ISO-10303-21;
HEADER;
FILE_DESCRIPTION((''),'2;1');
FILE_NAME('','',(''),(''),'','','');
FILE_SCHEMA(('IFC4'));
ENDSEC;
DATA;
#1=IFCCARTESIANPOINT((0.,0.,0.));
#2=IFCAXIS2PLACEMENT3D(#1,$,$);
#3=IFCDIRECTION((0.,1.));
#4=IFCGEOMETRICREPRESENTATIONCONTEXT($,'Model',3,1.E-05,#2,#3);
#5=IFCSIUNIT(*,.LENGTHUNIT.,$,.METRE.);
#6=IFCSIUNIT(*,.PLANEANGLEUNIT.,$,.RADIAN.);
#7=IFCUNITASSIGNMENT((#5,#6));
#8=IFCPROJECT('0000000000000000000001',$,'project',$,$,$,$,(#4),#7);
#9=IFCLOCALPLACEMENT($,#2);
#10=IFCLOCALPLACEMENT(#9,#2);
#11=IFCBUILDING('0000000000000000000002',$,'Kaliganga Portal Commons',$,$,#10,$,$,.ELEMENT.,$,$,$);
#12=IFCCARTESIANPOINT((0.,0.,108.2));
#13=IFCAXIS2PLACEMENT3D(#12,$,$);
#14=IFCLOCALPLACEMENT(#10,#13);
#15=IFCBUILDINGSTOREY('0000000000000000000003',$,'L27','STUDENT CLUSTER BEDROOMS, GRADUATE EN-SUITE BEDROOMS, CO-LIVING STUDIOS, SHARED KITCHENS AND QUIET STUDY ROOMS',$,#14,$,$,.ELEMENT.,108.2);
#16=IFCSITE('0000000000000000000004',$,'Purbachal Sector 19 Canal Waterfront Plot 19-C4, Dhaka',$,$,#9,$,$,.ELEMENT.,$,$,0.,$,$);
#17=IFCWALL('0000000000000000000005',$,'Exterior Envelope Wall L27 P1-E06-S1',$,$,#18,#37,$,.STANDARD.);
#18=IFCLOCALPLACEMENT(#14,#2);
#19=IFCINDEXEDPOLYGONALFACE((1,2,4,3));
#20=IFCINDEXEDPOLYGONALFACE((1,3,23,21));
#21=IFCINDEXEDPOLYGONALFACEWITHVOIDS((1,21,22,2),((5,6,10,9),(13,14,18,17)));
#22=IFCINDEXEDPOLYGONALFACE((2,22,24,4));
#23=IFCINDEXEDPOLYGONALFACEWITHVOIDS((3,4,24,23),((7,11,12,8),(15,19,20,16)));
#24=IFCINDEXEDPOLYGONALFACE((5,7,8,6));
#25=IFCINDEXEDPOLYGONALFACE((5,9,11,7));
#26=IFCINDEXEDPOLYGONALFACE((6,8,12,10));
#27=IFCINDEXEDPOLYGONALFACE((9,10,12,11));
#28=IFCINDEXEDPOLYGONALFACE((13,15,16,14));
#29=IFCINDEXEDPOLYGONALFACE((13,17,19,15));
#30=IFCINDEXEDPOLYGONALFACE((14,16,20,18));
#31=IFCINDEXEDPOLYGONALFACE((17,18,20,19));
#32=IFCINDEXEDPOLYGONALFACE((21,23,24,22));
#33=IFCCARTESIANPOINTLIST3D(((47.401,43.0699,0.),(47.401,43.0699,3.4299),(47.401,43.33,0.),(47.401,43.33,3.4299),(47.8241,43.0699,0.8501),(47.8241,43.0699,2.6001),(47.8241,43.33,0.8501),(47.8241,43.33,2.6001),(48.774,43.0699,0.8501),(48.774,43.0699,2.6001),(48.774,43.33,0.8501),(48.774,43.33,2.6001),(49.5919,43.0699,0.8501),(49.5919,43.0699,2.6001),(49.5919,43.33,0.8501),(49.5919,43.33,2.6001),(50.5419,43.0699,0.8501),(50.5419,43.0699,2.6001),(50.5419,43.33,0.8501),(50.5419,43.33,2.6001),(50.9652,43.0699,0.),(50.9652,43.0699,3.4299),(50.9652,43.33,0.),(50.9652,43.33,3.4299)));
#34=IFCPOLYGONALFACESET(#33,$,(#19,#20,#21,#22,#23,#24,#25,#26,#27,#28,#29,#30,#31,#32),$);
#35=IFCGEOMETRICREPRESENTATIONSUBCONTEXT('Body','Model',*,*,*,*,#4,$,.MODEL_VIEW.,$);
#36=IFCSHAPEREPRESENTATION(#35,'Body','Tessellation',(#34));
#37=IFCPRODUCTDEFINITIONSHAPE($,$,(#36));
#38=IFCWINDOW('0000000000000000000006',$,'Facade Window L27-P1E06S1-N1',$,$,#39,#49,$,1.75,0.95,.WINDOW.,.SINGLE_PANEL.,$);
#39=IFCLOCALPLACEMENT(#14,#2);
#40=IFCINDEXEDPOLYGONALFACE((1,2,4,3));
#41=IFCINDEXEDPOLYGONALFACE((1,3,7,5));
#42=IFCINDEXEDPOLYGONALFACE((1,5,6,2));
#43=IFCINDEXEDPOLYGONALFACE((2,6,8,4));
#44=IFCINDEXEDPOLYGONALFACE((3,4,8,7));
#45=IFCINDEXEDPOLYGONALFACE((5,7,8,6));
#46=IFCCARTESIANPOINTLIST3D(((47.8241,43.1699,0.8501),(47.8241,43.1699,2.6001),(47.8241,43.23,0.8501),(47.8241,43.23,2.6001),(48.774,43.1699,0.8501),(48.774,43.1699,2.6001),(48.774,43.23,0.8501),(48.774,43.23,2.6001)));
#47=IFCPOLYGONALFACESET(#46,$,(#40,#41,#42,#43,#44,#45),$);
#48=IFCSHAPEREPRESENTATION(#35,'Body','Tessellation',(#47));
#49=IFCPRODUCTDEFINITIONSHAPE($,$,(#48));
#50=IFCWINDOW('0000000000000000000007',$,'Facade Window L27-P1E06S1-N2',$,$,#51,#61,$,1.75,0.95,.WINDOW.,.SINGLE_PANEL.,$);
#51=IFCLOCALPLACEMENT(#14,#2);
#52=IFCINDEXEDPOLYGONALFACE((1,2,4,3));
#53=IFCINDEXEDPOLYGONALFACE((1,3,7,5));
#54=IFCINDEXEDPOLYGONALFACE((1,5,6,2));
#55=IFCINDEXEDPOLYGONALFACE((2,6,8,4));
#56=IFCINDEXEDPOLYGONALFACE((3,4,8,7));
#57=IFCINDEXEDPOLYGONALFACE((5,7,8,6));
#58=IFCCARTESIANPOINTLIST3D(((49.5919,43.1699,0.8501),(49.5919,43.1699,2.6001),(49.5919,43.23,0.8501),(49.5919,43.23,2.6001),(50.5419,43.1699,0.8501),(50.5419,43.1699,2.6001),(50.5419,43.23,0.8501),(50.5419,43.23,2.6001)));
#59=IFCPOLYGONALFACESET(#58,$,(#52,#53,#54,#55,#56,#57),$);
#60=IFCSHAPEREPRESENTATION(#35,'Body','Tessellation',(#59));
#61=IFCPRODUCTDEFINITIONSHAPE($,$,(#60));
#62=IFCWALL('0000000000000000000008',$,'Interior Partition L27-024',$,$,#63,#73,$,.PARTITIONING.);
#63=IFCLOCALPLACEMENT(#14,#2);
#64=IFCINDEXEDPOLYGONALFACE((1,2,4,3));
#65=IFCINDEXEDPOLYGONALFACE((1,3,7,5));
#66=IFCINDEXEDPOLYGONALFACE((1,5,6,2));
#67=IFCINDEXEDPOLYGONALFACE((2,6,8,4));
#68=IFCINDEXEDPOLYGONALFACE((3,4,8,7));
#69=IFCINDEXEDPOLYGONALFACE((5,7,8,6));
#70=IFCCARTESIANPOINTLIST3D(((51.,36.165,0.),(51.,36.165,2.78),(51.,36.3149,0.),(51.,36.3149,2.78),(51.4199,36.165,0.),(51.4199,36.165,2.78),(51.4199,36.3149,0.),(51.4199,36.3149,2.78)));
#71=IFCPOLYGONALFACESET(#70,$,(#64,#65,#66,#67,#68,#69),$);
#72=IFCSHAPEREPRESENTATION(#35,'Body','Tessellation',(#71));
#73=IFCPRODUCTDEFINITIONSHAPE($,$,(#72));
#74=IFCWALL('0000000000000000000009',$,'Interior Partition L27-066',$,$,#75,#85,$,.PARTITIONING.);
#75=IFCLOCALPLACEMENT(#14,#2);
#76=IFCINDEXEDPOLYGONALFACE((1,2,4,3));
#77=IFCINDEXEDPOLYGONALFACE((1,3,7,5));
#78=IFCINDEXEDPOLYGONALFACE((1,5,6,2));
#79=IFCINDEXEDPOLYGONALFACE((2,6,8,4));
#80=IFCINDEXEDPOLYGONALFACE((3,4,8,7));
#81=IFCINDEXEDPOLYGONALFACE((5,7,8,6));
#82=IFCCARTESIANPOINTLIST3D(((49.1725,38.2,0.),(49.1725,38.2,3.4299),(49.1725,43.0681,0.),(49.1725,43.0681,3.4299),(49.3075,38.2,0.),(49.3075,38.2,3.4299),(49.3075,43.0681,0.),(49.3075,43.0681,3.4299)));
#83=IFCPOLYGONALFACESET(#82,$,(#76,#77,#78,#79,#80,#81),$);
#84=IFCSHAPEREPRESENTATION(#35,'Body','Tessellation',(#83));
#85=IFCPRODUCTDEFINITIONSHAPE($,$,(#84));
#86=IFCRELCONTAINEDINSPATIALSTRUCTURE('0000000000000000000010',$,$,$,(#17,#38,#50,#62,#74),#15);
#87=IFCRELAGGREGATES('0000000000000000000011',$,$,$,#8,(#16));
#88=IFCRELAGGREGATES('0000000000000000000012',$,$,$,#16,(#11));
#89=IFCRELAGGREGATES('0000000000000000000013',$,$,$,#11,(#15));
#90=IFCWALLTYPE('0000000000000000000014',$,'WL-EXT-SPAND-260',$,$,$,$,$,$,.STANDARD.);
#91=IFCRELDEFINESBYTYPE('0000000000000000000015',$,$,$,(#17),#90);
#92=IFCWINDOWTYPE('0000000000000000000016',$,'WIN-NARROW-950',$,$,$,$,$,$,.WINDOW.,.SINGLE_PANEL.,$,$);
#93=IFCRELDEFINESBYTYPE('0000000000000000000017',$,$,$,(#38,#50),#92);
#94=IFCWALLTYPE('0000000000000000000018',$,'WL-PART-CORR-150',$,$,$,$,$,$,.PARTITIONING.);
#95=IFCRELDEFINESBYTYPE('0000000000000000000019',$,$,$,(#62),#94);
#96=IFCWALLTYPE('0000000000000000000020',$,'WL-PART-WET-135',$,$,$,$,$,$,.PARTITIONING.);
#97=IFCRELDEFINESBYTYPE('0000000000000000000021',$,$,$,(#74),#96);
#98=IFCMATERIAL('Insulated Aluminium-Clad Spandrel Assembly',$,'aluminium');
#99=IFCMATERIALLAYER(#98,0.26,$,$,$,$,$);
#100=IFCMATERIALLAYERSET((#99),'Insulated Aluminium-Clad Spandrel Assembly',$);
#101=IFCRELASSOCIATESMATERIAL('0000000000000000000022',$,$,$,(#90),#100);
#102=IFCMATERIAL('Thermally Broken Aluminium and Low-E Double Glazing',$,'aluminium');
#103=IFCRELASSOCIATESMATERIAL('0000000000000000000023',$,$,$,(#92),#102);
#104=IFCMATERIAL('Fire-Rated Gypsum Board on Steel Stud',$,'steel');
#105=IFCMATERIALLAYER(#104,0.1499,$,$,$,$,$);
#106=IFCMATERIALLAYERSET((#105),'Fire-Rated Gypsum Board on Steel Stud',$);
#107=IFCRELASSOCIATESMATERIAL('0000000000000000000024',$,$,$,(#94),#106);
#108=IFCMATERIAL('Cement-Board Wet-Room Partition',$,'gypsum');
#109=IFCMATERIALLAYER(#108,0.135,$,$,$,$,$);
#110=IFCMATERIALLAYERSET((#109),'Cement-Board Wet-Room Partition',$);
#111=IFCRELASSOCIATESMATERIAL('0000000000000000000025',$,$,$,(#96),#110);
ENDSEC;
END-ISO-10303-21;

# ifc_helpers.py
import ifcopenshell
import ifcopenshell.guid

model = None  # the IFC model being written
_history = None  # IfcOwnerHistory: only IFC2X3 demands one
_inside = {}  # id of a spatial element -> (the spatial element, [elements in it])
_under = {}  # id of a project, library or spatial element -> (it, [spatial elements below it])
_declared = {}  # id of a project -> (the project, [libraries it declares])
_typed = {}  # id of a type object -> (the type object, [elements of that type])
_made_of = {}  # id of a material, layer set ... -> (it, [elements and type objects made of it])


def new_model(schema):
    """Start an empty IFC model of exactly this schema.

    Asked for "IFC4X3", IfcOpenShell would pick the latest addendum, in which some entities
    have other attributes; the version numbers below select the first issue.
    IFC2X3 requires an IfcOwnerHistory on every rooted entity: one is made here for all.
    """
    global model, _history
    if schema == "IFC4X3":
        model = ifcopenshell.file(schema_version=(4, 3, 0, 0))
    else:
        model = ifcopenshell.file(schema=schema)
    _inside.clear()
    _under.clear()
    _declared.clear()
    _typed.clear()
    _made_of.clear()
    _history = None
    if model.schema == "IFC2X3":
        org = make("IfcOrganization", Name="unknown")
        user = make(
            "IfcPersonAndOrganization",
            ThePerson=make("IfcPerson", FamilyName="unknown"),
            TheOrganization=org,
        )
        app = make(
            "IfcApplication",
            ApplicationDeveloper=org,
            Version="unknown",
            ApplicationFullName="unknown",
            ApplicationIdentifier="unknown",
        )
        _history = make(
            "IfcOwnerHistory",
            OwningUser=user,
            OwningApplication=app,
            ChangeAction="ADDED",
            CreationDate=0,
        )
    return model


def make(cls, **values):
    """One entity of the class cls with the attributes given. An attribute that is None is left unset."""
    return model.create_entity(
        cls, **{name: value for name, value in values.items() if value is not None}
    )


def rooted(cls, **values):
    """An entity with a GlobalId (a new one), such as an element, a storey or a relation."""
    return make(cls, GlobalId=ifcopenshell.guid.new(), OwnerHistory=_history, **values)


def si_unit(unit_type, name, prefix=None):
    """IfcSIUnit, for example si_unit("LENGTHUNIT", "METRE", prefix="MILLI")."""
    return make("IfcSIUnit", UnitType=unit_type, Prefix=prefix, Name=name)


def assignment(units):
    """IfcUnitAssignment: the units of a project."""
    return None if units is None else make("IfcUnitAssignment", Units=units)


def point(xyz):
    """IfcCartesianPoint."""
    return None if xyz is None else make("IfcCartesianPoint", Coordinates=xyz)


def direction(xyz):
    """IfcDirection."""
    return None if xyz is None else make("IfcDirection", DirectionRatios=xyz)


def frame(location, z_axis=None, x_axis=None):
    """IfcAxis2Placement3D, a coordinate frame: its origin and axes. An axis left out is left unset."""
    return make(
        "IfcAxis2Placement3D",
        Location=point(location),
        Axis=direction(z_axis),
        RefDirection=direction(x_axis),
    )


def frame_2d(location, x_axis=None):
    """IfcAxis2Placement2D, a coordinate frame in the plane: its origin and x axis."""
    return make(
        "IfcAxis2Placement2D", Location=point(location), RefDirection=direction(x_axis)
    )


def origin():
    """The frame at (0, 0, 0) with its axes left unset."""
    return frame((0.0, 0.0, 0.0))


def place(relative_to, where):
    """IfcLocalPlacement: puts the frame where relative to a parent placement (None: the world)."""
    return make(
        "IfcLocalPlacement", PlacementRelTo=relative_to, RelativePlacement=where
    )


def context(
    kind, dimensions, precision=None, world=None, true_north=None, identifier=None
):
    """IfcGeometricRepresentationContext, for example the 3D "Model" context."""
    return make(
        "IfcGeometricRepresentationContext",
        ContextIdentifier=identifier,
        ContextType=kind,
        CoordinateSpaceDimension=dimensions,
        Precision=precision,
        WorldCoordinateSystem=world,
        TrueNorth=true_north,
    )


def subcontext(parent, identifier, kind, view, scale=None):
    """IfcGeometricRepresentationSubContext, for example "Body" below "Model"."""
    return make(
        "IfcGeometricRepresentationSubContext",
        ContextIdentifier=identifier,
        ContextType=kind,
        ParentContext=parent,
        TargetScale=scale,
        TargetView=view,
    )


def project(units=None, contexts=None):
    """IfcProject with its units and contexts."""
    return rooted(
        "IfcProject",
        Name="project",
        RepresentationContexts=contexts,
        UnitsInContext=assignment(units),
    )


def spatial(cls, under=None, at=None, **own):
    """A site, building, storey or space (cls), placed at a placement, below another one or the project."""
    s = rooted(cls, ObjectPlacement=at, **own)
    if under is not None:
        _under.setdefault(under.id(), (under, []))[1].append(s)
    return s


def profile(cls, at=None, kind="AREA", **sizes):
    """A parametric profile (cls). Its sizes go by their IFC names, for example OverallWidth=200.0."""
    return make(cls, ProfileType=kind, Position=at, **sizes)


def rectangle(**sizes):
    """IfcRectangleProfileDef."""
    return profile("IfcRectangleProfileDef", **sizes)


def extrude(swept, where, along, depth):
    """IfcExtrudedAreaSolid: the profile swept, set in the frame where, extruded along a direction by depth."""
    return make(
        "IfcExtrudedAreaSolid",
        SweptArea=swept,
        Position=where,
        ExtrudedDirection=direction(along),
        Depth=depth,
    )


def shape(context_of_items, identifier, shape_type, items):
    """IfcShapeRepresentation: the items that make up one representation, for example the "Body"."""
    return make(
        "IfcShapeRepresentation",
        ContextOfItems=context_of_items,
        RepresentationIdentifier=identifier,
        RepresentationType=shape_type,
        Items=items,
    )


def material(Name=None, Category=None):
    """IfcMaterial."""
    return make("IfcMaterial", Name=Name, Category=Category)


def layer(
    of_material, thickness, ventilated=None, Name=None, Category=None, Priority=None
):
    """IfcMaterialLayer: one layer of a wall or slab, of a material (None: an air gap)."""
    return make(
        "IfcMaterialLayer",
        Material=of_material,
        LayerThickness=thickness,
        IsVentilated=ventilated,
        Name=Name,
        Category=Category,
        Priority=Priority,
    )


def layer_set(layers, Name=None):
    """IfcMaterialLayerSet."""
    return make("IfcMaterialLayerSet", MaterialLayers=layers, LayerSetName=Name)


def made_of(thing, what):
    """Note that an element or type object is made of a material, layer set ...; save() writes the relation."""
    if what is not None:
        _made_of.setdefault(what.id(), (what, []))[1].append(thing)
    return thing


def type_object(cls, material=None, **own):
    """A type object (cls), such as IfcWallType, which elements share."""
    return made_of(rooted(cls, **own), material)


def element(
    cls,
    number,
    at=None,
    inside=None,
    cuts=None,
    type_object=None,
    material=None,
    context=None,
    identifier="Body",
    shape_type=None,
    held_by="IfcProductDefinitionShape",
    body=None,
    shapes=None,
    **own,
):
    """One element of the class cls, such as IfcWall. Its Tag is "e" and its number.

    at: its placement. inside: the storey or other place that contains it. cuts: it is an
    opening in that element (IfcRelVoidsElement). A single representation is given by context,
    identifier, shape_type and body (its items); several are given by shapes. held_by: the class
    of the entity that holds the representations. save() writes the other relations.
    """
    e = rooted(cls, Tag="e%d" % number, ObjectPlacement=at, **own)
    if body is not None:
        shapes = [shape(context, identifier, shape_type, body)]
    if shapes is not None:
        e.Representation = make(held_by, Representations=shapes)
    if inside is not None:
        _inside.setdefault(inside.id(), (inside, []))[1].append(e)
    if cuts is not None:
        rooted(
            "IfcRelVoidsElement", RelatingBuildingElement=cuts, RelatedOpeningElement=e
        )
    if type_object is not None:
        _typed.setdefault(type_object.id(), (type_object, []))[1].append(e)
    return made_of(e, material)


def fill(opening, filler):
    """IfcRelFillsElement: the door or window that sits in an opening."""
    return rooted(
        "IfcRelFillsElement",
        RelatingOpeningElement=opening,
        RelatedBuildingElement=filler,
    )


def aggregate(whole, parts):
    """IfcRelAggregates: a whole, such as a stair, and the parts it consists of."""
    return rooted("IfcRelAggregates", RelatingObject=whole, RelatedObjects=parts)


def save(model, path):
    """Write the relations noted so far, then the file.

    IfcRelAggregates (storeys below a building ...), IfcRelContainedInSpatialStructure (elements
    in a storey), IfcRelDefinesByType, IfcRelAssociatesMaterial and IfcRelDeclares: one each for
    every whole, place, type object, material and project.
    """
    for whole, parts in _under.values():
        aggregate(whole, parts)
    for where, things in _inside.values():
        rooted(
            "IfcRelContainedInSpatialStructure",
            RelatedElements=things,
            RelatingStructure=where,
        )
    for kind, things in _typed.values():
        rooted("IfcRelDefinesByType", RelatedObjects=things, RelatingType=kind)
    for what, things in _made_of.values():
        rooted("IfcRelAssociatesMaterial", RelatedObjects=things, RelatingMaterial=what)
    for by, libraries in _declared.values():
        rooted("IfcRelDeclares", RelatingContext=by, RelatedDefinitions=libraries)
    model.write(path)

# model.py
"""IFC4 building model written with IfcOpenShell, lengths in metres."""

from ifc_helpers import new_model, si_unit, direction, frame, frame_2d, origin, place, context, subcontext, project, spatial, rectangle, extrude, material, layer, layer_set, type_object, element, fill, save


model = new_model("IFC4")

# Units and contexts
model_context = context("Model", 3, precision=1e-05, world=origin(), true_north=direction((0.0, 1.0)))
body_context = subcontext(model_context, "Body", "Model", "MODEL_VIEW")
ifc_project = project(units=[si_unit("LENGTHUNIT", "METRE"), si_unit("PLANEANGLEUNIT", "RADIAN")], contexts=[model_context])

# Site, building, storey
site_placement = place(None, origin())
site = spatial("IfcSite", under=ifc_project, at=site_placement, Name="Purbachal Sector 19 Canal Waterfront Plot 19-C4, Dhaka", CompositionType="ELEMENT", RefElevation=0.0)
building_placement = place(site_placement, origin())
building = spatial("IfcBuilding", under=site, at=building_placement, Name="Kaliganga Portal Commons", CompositionType="ELEMENT")
storey_placement = place(building_placement, frame((0.0, 0.0, 108.2)))
storey = spatial("IfcBuildingStorey", under=building, at=storey_placement, Name="L27", Description="STUDENT CLUSTER BEDROOMS, GRADUATE EN-SUITE BEDROOMS, CO-LIVING STUDIOS, SHARED KITCHENS AND QUIET STUDY ROOMS", CompositionType="ELEMENT", Elevation=108.2)

# Wall, openings, windows
ifc_material_1 = material(Name="Insulated Aluminium-Clad Spandrel Assembly", Category="aluminium")
ifc_layer_1 = layer(ifc_material_1, 0.26)
ifc_layer_set_1 = layer_set([ifc_layer_1], Name="Insulated Aluminium-Clad Spandrel Assembly")
wall_type_1 = type_object("IfcWallType", Name="WL-EXT-SPAND-260", PredefinedType="STANDARD", material=ifc_layer_set_1)
wall_1_placement = place(storey_placement, frame((47.4009, 43.2, 0.0), z_axis=(0.0, 0.0, 1.0), x_axis=(1.0, 0.0, 0.0)))
wall_1 = element("IfcWall", 1, at=wall_1_placement, inside=storey, type_object=wall_type_1, Name="Exterior Envelope Wall L27 P1-E06-S1", PredefinedType="STANDARD", context=body_context, shape_type="SweptSolid", body=[
    extrude(rectangle(XDim=3.5642, YDim=0.26, at=frame_2d((1.7822, 0.0))), origin(), (0.0, 0.0, 1.0), 3.4299),
])
opening_1_placement = place(wall_1_placement, frame((0.4231, 0.0, 0.8501)))
opening_1 = element("IfcOpeningElement", 2, at=opening_1_placement, cuts=wall_1, PredefinedType="OPENING", context=body_context, shape_type="SweptSolid", body=[
    extrude(rectangle(XDim=0.95, YDim=1.75, at=frame_2d((0.4751, 0.875))), frame((0.0, 0.1401, 0.0), z_axis=(0.0, -1.0, 0.0), x_axis=(1.0, 0.0, 0.0)), (0.0, 0.0, 1.0), 0.28),
])
opening_2_placement = place(wall_1_placement, frame((2.1909, 0.0, 0.8501)))
opening_2 = element("IfcOpeningElement", 3, at=opening_2_placement, cuts=wall_1, PredefinedType="OPENING", context=body_context, shape_type="SweptSolid", body=[
    extrude(rectangle(XDim=0.95, YDim=1.75, at=frame_2d((0.4751, 0.875))), frame((0.0, 0.1401, 0.0), z_axis=(0.0, -1.0, 0.0), x_axis=(1.0, 0.0, 0.0)), (0.0, 0.0, 1.0), 0.28),
])
ifc_material_2 = material(Name="Thermally Broken Aluminium and Low-E Double Glazing", Category="aluminium")
window_type = type_object("IfcWindowType", Name="WIN-NARROW-950", PartitioningType="SINGLE_PANEL", PredefinedType="WINDOW", material=ifc_material_2)
window_1_placement = place(opening_1_placement, origin())
window_1 = element("IfcWindow", 4, at=window_1_placement, inside=storey, type_object=window_type, Name="Facade Window L27-P1E06S1-N1", OverallHeight=1.75, OverallWidth=0.95, PartitioningType="SINGLE_PANEL", PredefinedType="WINDOW", context=body_context, shape_type="SweptSolid", body=[
    extrude(rectangle(XDim=0.95, YDim=1.75, at=frame_2d((0.4751, 0.875))), frame((0.0, 0.03, 0.0), z_axis=(0.0, -1.0, 0.0), x_axis=(1.0, 0.0, 0.0)), (0.0, 0.0, 1.0), 0.0601),
])
fill(opening_1, window_1)
window_2_placement = place(opening_2_placement, origin())
window_2 = element("IfcWindow", 5, at=window_2_placement, inside=storey, type_object=window_type, Name="Facade Window L27-P1E06S1-N2", OverallHeight=1.75, OverallWidth=0.95, PartitioningType="SINGLE_PANEL", PredefinedType="WINDOW", context=body_context, shape_type="SweptSolid", body=[
    extrude(rectangle(XDim=0.95, YDim=1.75, at=frame_2d((0.4751, 0.875))), frame((0.0, 0.03, 0.0), z_axis=(0.0, -1.0, 0.0), x_axis=(1.0, 0.0, 0.0)), (0.0, 0.0, 1.0), 0.0601),
])
fill(opening_2, window_2)

# Shared definitions
ifc_material_3 = material(Name="Fire-Rated Gypsum Board on Steel Stud", Category="steel")
ifc_layer_2 = layer(ifc_material_3, 0.1499)
ifc_layer_set_2 = layer_set([ifc_layer_2], Name="Fire-Rated Gypsum Board on Steel Stud")
wall_type_2 = type_object("IfcWallType", Name="WL-PART-CORR-150", PredefinedType="PARTITIONING", material=ifc_layer_set_2)

# Wall
wall_2_placement = place(storey_placement, frame((51.0, 36.24, 0.0), z_axis=(0.0, 0.0, 1.0), x_axis=(1.0, 0.0, 0.0)))
element("IfcWall", 6, at=wall_2_placement, inside=storey, type_object=wall_type_2, Name="Interior Partition L27-024", PredefinedType="PARTITIONING", context=body_context, shape_type="SweptSolid", body=[
    extrude(rectangle(XDim=0.4199, YDim=0.1499, at=frame_2d((0.21, 0.0))), origin(), (0.0, 0.0, 1.0), 2.78),
])

# Wall
ifc_material_4 = material(Name="Cement-Board Wet-Room Partition", Category="gypsum")
ifc_layer_3 = layer(ifc_material_4, 0.135)
ifc_layer_set_3 = layer_set([ifc_layer_3], Name="Cement-Board Wet-Room Partition")
wall_type_3 = type_object("IfcWallType", Name="WL-PART-WET-135", PredefinedType="PARTITIONING", material=ifc_layer_set_3)
wall_3_placement = place(storey_placement, frame((49.24, 38.2, 0.0), z_axis=(0.0, 0.0, 1.0), x_axis=(0.0, 1.0, 0.0)))
element("IfcWall", 7, at=wall_3_placement, inside=storey, type_object=wall_type_3, Name="Interior Partition L27-066", PredefinedType="PARTITIONING", context=body_context, shape_type="SweptSolid", body=[
    extrude(rectangle(XDim=4.8682, YDim=0.135, at=frame_2d((2.4341, 0.0))), origin(), (0.0, 0.0, 1.0), 3.4299),
])

save(model, "model.ifc")
